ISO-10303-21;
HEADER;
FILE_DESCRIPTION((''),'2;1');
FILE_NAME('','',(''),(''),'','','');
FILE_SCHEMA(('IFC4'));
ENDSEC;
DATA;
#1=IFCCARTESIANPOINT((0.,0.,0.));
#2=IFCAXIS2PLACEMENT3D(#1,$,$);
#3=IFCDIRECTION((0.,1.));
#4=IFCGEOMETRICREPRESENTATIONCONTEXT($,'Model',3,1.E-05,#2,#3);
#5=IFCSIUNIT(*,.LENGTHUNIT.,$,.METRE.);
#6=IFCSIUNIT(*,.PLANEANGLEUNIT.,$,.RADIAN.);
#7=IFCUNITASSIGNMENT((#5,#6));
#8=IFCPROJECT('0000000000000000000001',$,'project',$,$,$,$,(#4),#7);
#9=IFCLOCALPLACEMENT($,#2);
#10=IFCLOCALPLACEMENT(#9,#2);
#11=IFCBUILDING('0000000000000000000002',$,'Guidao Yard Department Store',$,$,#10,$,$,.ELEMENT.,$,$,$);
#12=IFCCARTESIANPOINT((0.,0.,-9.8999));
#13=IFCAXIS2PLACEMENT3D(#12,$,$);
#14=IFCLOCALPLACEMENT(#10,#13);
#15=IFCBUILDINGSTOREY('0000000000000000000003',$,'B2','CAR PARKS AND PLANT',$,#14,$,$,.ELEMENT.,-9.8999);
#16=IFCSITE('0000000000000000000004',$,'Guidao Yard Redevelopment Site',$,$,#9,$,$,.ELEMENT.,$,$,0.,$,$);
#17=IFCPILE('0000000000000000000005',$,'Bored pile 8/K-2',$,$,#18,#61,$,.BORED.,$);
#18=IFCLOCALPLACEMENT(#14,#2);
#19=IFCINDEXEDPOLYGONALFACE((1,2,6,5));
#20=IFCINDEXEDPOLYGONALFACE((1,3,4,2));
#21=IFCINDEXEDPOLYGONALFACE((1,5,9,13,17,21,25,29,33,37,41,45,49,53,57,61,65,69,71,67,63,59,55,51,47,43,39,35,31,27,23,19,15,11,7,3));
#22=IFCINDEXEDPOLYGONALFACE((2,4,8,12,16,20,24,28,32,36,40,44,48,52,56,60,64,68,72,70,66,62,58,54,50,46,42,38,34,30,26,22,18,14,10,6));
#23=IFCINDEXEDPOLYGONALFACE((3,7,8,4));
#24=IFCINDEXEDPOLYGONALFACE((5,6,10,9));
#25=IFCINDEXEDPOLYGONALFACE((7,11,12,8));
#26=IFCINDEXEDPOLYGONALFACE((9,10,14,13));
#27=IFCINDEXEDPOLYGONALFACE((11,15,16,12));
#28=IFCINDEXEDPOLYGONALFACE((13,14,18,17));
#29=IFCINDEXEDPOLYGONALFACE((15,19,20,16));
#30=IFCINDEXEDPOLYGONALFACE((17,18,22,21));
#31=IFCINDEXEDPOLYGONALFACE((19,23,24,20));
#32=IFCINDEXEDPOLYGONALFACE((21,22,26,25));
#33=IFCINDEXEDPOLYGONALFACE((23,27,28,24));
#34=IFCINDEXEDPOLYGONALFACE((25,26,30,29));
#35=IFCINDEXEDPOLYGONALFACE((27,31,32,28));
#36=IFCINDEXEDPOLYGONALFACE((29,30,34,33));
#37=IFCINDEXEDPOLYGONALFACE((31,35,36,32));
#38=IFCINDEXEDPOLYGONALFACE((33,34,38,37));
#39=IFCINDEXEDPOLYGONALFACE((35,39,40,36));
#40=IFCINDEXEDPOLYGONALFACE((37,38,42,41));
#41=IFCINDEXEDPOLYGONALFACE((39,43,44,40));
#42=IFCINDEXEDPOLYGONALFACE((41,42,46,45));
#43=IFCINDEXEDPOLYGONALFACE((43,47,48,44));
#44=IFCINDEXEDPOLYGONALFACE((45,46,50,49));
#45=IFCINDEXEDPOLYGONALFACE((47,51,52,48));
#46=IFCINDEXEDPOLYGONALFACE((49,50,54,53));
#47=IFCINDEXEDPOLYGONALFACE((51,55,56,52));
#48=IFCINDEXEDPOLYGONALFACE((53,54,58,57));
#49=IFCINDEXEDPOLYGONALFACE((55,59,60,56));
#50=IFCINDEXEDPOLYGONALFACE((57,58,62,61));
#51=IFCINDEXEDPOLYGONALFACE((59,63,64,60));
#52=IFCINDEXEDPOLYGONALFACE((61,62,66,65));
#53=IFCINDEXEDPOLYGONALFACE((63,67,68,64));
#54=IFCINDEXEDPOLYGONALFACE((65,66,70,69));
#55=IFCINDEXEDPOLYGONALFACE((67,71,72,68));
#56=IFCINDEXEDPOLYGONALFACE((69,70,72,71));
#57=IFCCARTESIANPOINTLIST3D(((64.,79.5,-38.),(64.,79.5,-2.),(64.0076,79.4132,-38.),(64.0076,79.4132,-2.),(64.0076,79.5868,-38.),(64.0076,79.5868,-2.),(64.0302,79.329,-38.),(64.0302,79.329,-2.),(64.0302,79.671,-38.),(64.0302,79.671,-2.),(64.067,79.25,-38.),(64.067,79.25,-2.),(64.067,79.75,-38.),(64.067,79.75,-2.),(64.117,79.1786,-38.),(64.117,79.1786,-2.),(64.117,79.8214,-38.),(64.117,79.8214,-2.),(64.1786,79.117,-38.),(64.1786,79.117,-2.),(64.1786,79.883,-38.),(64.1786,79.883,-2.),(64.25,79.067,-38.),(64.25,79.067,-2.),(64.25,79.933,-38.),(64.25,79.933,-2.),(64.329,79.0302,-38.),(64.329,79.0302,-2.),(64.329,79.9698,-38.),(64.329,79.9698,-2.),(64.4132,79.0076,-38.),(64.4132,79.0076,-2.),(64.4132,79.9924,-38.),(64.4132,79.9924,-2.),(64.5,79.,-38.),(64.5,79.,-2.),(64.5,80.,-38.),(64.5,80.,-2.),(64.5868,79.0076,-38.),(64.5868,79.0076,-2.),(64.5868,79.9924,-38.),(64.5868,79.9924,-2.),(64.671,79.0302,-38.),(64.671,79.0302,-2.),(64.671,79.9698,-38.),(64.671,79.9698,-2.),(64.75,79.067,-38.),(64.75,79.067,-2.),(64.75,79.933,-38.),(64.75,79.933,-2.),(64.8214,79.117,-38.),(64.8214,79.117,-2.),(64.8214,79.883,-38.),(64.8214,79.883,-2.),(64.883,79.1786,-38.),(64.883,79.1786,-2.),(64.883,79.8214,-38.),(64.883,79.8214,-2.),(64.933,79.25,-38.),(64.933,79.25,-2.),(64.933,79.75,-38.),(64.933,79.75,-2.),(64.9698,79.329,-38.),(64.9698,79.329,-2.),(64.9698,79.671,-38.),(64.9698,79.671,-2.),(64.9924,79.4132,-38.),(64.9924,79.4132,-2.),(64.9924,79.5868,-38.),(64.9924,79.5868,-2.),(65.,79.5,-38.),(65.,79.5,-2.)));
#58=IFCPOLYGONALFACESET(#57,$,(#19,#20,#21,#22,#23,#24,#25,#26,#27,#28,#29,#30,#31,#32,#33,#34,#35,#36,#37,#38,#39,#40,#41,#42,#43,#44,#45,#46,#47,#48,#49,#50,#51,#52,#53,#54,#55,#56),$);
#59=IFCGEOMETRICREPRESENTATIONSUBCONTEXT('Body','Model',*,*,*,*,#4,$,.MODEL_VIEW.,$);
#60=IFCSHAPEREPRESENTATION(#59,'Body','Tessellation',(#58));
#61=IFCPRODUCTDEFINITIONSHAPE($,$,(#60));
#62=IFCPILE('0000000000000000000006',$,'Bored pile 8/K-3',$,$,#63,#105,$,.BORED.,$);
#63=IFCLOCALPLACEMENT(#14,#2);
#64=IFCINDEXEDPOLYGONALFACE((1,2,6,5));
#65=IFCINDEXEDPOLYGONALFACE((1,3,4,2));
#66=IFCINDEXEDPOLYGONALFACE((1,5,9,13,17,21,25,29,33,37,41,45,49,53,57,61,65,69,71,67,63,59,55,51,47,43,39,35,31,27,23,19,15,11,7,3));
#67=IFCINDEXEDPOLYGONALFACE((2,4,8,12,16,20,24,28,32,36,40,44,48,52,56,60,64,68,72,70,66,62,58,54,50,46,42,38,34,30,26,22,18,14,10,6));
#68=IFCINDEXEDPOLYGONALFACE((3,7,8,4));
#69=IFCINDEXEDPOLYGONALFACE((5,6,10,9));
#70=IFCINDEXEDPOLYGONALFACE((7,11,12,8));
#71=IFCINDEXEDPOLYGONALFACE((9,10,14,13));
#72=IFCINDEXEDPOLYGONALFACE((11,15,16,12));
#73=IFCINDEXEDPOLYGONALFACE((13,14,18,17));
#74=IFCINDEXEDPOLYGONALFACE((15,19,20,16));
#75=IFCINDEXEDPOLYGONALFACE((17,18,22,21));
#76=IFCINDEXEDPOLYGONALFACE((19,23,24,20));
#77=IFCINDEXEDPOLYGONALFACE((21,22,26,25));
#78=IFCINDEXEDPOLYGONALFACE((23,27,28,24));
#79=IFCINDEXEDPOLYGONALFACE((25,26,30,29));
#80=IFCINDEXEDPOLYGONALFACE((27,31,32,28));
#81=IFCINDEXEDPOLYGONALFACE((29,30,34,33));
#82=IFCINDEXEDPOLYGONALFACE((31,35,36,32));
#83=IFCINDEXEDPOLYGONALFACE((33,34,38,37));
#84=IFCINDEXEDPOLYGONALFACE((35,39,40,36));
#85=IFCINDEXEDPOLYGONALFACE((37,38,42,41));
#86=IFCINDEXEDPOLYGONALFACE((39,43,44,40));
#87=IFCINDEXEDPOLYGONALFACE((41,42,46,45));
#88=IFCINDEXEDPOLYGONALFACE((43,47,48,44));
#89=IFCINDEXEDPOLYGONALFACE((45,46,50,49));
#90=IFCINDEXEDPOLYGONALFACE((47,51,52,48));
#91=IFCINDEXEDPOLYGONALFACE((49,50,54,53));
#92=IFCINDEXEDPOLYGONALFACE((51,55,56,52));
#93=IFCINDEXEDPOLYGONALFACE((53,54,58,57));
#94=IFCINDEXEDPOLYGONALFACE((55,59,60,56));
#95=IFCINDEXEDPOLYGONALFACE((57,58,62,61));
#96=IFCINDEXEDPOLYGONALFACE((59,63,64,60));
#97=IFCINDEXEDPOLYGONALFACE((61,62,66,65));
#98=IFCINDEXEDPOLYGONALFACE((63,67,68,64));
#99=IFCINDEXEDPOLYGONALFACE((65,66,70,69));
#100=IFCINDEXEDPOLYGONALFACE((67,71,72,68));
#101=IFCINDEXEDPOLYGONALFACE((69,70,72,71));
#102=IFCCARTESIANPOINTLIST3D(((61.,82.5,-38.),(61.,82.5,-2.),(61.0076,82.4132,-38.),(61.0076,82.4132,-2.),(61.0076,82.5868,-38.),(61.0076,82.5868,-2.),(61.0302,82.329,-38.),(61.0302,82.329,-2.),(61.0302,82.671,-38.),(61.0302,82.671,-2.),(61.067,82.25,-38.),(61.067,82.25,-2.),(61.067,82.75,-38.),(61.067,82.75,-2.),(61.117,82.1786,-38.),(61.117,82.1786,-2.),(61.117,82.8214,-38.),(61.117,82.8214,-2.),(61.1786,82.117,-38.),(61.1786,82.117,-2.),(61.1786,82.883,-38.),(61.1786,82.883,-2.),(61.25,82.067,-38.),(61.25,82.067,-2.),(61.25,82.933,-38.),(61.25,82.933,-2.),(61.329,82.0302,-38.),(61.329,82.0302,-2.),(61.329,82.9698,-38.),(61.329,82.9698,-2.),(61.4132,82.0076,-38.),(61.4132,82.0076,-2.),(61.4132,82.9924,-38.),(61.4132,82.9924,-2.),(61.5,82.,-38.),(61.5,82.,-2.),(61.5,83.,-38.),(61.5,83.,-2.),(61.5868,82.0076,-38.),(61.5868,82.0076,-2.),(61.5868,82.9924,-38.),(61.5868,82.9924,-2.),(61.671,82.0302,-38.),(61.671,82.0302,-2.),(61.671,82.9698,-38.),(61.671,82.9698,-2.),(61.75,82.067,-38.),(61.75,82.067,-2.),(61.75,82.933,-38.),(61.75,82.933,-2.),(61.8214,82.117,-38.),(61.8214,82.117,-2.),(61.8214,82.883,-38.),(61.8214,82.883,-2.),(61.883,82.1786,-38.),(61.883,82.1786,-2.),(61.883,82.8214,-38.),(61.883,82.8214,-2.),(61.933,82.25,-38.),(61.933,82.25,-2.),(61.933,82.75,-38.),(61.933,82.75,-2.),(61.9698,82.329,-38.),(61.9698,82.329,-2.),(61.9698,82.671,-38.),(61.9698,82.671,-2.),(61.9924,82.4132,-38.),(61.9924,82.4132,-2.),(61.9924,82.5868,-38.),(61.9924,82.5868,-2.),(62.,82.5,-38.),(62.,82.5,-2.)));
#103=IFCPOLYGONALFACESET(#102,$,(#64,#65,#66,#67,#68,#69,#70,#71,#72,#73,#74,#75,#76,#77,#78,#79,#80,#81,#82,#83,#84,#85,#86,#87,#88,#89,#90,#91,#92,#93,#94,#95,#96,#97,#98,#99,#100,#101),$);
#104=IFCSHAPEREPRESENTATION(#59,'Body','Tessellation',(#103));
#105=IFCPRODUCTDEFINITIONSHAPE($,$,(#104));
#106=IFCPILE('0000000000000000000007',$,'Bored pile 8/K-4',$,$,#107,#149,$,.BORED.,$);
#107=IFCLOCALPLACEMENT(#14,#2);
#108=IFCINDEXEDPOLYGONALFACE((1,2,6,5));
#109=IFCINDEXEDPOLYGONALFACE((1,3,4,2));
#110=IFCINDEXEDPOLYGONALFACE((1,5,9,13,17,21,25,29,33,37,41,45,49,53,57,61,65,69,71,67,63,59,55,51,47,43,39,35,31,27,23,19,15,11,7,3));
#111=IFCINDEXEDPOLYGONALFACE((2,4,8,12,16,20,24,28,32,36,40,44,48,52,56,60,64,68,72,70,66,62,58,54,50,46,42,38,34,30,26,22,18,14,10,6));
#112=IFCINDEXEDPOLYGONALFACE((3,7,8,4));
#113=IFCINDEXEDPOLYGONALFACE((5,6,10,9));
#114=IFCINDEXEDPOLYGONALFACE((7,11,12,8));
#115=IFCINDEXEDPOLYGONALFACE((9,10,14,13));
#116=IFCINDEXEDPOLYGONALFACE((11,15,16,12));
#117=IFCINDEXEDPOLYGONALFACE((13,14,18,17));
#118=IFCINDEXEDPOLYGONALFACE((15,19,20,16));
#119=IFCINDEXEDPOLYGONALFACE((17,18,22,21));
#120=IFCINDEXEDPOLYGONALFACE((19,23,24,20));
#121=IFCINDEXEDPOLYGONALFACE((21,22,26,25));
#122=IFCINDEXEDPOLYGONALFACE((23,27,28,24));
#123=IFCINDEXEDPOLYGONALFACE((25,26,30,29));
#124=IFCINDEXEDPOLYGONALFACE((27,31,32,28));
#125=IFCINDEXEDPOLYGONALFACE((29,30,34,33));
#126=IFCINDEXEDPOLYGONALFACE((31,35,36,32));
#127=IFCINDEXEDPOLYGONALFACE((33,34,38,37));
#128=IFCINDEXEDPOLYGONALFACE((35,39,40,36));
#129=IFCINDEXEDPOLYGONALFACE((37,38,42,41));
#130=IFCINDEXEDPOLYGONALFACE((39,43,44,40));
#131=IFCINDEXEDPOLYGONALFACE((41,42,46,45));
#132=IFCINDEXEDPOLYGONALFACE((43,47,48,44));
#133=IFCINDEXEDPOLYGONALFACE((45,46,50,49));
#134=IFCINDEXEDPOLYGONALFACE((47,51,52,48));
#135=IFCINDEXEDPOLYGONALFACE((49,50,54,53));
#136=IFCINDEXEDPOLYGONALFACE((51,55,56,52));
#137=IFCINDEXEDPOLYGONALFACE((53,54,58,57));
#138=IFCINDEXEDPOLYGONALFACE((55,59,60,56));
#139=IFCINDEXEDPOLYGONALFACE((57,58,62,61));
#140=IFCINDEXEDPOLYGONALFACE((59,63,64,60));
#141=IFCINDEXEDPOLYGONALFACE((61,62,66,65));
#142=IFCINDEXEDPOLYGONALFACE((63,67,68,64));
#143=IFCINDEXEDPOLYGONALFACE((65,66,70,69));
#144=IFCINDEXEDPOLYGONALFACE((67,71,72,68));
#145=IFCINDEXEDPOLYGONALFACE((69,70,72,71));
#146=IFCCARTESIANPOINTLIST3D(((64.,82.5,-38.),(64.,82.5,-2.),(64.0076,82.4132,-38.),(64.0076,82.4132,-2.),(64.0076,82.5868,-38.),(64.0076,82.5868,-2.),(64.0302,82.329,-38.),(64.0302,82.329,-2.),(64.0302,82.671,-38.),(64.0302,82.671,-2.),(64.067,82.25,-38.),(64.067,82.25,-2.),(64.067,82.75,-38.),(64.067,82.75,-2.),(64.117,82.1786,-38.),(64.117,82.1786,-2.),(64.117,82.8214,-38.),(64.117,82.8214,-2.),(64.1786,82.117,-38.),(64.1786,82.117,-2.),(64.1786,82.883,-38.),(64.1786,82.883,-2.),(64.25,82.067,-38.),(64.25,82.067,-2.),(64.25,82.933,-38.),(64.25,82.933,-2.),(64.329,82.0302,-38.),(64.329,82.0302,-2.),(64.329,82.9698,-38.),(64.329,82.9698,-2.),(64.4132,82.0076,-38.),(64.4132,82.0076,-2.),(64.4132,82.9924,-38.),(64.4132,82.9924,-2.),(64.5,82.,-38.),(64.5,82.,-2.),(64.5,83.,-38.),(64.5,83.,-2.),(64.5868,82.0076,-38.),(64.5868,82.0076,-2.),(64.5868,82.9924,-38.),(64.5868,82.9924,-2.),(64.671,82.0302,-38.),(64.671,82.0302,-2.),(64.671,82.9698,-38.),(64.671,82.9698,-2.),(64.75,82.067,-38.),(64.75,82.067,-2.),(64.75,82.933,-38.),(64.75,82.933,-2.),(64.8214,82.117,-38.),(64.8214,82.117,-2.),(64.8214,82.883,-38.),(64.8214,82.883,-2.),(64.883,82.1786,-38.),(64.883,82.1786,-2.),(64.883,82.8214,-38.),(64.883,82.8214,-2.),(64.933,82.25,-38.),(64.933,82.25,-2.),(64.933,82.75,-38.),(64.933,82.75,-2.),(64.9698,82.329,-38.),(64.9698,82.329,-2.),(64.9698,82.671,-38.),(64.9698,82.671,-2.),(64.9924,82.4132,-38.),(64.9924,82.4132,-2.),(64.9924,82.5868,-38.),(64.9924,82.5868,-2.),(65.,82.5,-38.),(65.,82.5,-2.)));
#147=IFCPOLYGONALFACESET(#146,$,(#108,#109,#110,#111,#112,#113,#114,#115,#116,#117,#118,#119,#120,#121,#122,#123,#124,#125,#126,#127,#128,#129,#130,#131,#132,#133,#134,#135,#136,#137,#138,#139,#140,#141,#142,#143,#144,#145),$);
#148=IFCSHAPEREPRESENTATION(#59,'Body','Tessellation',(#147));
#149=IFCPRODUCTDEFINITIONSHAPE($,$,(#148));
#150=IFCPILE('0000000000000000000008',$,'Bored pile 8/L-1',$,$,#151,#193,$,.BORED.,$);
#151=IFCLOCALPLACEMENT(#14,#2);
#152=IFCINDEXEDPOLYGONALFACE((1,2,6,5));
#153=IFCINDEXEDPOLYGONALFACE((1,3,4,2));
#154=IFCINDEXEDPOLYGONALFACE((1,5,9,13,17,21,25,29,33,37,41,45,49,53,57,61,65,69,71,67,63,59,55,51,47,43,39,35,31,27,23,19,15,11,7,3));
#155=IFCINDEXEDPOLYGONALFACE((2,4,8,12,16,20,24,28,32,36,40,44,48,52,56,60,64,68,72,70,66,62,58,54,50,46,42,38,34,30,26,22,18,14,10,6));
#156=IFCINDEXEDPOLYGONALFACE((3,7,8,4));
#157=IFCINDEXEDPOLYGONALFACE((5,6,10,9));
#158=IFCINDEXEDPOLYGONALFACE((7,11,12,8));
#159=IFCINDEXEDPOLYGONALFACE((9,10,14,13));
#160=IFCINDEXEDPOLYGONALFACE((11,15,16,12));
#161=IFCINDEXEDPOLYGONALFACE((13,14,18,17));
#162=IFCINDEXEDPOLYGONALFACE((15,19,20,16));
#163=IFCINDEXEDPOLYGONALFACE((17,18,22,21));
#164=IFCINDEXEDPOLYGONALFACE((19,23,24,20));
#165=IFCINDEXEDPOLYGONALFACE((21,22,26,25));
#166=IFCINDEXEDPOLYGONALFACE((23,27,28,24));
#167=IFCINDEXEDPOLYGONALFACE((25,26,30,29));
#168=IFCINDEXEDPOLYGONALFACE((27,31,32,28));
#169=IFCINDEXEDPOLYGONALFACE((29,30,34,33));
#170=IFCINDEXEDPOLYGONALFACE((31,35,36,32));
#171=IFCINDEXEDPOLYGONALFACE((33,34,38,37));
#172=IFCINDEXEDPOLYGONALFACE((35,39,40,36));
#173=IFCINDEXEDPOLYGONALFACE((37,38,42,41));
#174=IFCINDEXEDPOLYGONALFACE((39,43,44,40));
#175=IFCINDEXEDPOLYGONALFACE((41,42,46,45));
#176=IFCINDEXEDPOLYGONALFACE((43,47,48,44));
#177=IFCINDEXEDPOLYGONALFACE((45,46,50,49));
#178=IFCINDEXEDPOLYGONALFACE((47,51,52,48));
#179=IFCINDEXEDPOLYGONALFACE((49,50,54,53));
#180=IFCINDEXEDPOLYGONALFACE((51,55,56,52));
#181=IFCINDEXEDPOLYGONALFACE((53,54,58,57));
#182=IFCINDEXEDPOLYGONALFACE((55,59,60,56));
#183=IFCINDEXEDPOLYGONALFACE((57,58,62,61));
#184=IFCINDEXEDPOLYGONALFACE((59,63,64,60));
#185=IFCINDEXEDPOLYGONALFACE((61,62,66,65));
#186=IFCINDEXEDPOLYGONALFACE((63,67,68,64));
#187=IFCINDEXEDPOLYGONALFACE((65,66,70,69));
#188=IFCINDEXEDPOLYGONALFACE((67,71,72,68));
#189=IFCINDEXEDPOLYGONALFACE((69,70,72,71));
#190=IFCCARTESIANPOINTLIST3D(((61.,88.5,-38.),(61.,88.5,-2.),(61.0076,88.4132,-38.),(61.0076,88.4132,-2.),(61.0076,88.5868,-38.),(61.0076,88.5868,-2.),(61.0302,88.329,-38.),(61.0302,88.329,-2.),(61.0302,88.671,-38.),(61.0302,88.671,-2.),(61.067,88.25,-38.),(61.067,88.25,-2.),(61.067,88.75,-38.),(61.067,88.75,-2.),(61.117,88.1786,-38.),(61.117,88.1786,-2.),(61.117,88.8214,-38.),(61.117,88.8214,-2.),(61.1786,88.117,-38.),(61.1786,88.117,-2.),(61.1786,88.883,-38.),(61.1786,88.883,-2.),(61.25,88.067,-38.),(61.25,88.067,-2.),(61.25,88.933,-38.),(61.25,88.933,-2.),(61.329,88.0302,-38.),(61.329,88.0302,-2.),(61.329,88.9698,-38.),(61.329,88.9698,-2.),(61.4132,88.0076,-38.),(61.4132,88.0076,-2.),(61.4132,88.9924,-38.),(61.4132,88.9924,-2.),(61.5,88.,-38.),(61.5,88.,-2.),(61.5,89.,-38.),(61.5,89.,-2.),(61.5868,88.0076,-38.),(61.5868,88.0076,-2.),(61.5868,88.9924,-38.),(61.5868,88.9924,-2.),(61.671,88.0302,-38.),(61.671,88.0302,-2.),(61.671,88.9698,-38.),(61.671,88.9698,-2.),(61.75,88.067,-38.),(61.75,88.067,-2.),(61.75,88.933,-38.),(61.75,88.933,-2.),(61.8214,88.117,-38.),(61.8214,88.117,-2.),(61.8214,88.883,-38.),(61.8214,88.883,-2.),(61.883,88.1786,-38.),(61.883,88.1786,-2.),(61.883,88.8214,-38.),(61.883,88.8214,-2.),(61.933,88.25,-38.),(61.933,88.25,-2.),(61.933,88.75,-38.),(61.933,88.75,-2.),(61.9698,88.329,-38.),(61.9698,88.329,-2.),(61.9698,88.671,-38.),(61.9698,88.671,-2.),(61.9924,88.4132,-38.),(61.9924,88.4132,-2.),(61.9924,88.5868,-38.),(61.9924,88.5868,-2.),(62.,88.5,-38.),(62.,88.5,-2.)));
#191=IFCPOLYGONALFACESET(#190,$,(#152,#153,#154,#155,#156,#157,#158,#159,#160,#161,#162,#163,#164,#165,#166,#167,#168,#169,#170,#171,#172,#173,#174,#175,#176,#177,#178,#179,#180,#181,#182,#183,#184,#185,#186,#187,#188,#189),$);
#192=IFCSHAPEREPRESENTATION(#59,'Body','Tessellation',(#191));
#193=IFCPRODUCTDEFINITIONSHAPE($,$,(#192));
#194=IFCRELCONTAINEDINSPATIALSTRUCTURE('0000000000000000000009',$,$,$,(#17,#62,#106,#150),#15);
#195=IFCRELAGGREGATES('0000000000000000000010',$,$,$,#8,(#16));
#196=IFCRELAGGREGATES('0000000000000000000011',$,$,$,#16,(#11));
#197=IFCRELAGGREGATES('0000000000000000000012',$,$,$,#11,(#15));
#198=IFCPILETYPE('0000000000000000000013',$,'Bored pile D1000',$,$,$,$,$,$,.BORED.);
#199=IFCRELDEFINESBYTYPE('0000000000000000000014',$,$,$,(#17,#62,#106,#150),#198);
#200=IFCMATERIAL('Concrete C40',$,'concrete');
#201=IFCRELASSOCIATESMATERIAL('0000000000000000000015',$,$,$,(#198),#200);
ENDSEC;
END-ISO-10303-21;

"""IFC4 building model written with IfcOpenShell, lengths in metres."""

from ifc_helpers import new_model, si_unit, direction, frame, origin, origin_2d, place, context, subcontext, project, spatial, circle, extrude, material, material_profile, profile_set, type_object, element, save


model = new_model("IFC4")

# Units and contexts
model_context = context("Model", 3, precision=1e-05, world=origin(), true_north=direction((0.0, 1.0)))
body_context = subcontext(model_context, "Body", "Model", "MODEL_VIEW")
ifc_project = project(units=[si_unit("LENGTHUNIT", "METRE"), si_unit("PLANEANGLEUNIT", "RADIAN")], contexts=[model_context])

# Site, building, storey
site_placement = place(None, origin())
site = spatial("IfcSite", under=ifc_project, at=site_placement, Name="Guidao Yard Redevelopment Site", CompositionType="ELEMENT", RefElevation=0.0)
building_placement = place(site_placement, origin())
building = spatial("IfcBuilding", under=site, at=building_placement, Name="Guidao Yard Department Store", CompositionType="ELEMENT")
storey_placement = place(building_placement, frame((0.0, 0.0, -9.8999)))
storey = spatial("IfcBuildingStorey", under=building, at=storey_placement, Name="B2", Description="CAR PARKS AND PLANT", CompositionType="ELEMENT", Elevation=-9.8999)

# Piles
ifc_material_1 = material(Name="Concrete C40", Category="concrete")
ifc_material_profile_1 = material_profile(ifc_material_1, circle(Radius=0.5, at=origin_2d()), Name="Bored pile D1000")
ifc_profile_set_1 = profile_set([ifc_material_profile_1], Name="Concrete C40")
pile_type = type_object("IfcPileType", Name="Bored pile D1000", PredefinedType="BORED", material=ifc_profile_set_1)
for number, where, z_axis, x_axis, name in (
    (1, (64.5, 79.5, -2.0), (0.0, 0.0, -1.0), (1.0, 0.0, 0.0), "Bored pile 8/K-2"),
    (2, (61.5, 82.5, -2.0), (0.0, 0.0, -1.0), (1.0, 0.0, 0.0), "Bored pile 8/K-3"),
    (3, (64.5, 82.5, -2.0), (0.0, 0.0, -1.0), (1.0, 0.0, 0.0), "Bored pile 8/K-4"),
    (4, (61.5, 88.5, -2.0), (0.0, 0.0, -1.0), (1.0, 0.0, 0.0), "Bored pile 8/L-1"),
):
    element("IfcPile", number, at=place(storey_placement, frame(where, z_axis=z_axis, x_axis=x_axis)), inside=storey, type_object=pile_type, Name=name, PredefinedType="BORED", context=body_context, shape_type="SweptSolid", body=[
        extrude(circle(Radius=0.5, at=origin_2d()), origin(), (0.0, 0.0, 1.0), 36.0),
    ])

save(model, "model.ifc")
